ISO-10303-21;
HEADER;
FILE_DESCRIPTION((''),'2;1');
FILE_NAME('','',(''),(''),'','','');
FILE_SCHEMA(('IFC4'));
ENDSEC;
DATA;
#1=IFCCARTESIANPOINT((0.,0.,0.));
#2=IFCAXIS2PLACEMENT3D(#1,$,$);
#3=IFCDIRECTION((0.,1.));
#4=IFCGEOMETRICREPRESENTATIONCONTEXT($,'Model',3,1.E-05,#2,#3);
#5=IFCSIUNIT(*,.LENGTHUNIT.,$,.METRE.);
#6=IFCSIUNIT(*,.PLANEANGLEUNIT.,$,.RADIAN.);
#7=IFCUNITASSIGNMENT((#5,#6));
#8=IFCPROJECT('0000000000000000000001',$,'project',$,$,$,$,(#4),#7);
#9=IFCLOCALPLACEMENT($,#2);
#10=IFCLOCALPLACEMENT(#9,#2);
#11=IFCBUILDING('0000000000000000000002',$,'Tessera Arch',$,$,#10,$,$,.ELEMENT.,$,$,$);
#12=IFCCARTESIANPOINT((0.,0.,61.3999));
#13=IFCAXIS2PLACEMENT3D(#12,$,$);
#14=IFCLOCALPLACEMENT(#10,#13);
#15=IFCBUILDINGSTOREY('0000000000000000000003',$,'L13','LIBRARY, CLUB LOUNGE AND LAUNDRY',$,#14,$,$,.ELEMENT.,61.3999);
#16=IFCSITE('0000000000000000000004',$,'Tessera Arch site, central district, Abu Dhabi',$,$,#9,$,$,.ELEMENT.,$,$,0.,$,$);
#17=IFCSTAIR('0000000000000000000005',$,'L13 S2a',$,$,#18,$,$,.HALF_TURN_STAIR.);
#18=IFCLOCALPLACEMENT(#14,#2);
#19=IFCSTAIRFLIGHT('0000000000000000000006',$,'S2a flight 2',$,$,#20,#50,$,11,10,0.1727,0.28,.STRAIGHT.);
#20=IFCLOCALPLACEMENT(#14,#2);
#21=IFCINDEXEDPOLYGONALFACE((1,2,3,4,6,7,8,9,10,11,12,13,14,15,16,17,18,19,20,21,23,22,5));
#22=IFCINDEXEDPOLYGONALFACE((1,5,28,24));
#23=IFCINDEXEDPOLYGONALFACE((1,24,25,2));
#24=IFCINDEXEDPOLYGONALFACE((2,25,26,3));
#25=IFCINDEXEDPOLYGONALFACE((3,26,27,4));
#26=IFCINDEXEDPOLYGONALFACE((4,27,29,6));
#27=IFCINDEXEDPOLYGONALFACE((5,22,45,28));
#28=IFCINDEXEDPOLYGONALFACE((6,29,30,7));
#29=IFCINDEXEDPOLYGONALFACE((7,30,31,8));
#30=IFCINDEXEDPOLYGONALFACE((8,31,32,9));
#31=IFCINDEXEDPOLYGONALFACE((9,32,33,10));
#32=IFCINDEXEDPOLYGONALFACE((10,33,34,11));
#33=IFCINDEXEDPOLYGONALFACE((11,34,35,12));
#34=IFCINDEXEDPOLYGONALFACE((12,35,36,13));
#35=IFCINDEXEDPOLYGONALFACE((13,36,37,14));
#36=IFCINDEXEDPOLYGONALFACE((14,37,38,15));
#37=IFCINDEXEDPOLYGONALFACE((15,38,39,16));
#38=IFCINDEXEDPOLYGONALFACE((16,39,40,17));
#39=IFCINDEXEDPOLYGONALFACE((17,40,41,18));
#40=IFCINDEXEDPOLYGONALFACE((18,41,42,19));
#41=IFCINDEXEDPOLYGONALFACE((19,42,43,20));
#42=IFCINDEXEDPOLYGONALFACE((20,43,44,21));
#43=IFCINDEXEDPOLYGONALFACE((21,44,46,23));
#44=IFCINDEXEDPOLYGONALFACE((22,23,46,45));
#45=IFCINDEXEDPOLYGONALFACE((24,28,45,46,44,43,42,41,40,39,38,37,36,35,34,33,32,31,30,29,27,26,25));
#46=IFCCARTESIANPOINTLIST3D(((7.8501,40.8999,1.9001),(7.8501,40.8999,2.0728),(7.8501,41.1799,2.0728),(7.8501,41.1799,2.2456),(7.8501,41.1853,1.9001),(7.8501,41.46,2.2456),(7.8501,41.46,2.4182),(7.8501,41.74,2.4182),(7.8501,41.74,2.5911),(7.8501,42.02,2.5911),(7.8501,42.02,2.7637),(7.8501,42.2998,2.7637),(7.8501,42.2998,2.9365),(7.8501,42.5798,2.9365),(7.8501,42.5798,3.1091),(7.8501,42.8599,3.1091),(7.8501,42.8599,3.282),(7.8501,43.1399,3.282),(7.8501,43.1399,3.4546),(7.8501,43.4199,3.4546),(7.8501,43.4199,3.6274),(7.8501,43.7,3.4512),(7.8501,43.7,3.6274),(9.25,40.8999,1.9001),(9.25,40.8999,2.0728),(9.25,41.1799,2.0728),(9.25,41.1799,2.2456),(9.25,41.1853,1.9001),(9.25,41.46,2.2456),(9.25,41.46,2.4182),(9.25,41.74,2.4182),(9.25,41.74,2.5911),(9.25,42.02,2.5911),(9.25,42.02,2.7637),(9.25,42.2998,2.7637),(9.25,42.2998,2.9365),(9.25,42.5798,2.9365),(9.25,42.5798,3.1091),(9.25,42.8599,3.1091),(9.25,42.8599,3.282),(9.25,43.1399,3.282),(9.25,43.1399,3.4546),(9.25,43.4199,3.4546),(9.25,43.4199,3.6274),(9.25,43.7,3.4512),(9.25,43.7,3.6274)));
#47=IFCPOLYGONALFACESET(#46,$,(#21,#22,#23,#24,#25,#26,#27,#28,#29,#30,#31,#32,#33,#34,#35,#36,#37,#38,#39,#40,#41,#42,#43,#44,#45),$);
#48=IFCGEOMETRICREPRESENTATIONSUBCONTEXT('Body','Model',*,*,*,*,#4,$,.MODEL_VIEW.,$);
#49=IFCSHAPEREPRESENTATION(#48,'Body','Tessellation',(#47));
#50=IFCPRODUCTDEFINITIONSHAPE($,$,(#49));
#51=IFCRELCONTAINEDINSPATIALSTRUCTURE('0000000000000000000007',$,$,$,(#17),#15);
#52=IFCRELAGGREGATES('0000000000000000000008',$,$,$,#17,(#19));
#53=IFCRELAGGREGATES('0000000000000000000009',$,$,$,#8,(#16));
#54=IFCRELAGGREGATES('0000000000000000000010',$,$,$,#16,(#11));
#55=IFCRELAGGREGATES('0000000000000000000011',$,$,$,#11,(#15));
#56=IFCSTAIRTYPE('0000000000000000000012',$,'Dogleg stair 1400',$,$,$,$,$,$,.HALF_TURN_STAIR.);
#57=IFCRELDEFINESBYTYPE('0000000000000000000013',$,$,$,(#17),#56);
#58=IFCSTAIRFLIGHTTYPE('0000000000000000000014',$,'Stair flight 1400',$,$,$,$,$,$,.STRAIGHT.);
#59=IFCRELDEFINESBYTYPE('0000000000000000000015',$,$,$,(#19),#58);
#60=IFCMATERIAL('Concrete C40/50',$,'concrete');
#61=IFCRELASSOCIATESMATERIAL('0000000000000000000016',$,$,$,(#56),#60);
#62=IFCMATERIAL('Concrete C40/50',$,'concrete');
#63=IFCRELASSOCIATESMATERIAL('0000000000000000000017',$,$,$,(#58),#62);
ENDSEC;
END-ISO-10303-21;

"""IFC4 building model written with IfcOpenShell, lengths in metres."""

from ifc_helpers import new_model, si_unit, direction, frame, origin, place, context, subcontext, project, spatial, polyline, outline, extrude, material, type_object, element, aggregate, save


model = new_model("IFC4")

# Units and contexts
model_context = context("Model", 3, precision=1e-05, world=origin(), true_north=direction((0.0, 1.0)))
body_context = subcontext(model_context, "Body", "Model", "MODEL_VIEW")
ifc_project = project(units=[si_unit("LENGTHUNIT", "METRE"), si_unit("PLANEANGLEUNIT", "RADIAN")], contexts=[model_context])

# Site, building, storey
site_placement = place(None, origin())
site = spatial("IfcSite", under=ifc_project, at=site_placement, Name="Tessera Arch site, central district, Abu Dhabi", CompositionType="ELEMENT", RefElevation=0.0)
building_placement = place(site_placement, origin())
building = spatial("IfcBuilding", under=site, at=building_placement, Name="Tessera Arch", CompositionType="ELEMENT")
storey_placement = place(building_placement, frame((0.0, 0.0, 61.3999)))
storey = spatial("IfcBuildingStorey", under=building, at=storey_placement, Name="L13", Description="LIBRARY, CLUB LOUNGE AND LAUNDRY", CompositionType="ELEMENT", Elevation=61.3999)

# Stair, stair flight
ifc_material_1 = material(Name="Concrete C40/50", Category="concrete")
stair_type = type_object("IfcStairType", Name="Dogleg stair 1400", PredefinedType="HALF_TURN_STAIR", material=ifc_material_1)
stair_placement = place(storey_placement, origin())
stair = element("IfcStair", 1, at=stair_placement, inside=storey, type_object=stair_type, Name="L13 S2a", PredefinedType="HALF_TURN_STAIR")
ifc_material_2 = material(Name="Concrete C40/50", Category="concrete")
stair_flight_type = type_object("IfcStairFlightType", Name="Stair flight 1400", PredefinedType="STRAIGHT", material=ifc_material_2)
stair_flight_1_placement = place(storey_placement, frame((8.55, 40.8999, 1.9001), z_axis=(0.0, 0.0, 1.0), x_axis=(0.0, 1.0, 0.0)))
stair_flight_1 = element("IfcStairFlight", 2, at=stair_flight_1_placement, type_object=stair_flight_type, Name="S2a flight 2", NumberOfRisers=11, NumberOfTreads=10, PredefinedType="STRAIGHT", RiserHeight=0.1727, TreadLength=0.28, context=body_context, shape_type="SweptSolid", body=[
    extrude(outline(polyline([(0.0, 0.0), (0.0, 0.1726), (0.28, 0.1726), (0.28, 0.3455), (0.5601, 0.3455), (0.5601, 0.5181), (0.8401, 0.5181), (0.8401, 0.6909), (1.1201, 0.6909), (1.1201, 0.8635), (1.3999, 0.8635), (1.3999, 1.0364), (1.6799, 1.0364), (1.6799, 1.209), (1.96, 1.209), (1.96, 1.3818), (2.24, 1.3818), (2.24, 1.5544), (2.52, 1.5544), (2.52, 1.7273), (2.8, 1.7273), (2.8, 1.8999), (2.8, 1.551), (0.2854, 0.0), (0.0, 0.0)])), frame((0.0, 0.7, 0.0), z_axis=(0.0, -1.0, 0.0), x_axis=(1.0, 0.0, 0.0)), (0.0, 0.0, 1.0), 1.3999),
])
aggregate(stair, [stair_flight_1])

save(model, "model.ifc")
